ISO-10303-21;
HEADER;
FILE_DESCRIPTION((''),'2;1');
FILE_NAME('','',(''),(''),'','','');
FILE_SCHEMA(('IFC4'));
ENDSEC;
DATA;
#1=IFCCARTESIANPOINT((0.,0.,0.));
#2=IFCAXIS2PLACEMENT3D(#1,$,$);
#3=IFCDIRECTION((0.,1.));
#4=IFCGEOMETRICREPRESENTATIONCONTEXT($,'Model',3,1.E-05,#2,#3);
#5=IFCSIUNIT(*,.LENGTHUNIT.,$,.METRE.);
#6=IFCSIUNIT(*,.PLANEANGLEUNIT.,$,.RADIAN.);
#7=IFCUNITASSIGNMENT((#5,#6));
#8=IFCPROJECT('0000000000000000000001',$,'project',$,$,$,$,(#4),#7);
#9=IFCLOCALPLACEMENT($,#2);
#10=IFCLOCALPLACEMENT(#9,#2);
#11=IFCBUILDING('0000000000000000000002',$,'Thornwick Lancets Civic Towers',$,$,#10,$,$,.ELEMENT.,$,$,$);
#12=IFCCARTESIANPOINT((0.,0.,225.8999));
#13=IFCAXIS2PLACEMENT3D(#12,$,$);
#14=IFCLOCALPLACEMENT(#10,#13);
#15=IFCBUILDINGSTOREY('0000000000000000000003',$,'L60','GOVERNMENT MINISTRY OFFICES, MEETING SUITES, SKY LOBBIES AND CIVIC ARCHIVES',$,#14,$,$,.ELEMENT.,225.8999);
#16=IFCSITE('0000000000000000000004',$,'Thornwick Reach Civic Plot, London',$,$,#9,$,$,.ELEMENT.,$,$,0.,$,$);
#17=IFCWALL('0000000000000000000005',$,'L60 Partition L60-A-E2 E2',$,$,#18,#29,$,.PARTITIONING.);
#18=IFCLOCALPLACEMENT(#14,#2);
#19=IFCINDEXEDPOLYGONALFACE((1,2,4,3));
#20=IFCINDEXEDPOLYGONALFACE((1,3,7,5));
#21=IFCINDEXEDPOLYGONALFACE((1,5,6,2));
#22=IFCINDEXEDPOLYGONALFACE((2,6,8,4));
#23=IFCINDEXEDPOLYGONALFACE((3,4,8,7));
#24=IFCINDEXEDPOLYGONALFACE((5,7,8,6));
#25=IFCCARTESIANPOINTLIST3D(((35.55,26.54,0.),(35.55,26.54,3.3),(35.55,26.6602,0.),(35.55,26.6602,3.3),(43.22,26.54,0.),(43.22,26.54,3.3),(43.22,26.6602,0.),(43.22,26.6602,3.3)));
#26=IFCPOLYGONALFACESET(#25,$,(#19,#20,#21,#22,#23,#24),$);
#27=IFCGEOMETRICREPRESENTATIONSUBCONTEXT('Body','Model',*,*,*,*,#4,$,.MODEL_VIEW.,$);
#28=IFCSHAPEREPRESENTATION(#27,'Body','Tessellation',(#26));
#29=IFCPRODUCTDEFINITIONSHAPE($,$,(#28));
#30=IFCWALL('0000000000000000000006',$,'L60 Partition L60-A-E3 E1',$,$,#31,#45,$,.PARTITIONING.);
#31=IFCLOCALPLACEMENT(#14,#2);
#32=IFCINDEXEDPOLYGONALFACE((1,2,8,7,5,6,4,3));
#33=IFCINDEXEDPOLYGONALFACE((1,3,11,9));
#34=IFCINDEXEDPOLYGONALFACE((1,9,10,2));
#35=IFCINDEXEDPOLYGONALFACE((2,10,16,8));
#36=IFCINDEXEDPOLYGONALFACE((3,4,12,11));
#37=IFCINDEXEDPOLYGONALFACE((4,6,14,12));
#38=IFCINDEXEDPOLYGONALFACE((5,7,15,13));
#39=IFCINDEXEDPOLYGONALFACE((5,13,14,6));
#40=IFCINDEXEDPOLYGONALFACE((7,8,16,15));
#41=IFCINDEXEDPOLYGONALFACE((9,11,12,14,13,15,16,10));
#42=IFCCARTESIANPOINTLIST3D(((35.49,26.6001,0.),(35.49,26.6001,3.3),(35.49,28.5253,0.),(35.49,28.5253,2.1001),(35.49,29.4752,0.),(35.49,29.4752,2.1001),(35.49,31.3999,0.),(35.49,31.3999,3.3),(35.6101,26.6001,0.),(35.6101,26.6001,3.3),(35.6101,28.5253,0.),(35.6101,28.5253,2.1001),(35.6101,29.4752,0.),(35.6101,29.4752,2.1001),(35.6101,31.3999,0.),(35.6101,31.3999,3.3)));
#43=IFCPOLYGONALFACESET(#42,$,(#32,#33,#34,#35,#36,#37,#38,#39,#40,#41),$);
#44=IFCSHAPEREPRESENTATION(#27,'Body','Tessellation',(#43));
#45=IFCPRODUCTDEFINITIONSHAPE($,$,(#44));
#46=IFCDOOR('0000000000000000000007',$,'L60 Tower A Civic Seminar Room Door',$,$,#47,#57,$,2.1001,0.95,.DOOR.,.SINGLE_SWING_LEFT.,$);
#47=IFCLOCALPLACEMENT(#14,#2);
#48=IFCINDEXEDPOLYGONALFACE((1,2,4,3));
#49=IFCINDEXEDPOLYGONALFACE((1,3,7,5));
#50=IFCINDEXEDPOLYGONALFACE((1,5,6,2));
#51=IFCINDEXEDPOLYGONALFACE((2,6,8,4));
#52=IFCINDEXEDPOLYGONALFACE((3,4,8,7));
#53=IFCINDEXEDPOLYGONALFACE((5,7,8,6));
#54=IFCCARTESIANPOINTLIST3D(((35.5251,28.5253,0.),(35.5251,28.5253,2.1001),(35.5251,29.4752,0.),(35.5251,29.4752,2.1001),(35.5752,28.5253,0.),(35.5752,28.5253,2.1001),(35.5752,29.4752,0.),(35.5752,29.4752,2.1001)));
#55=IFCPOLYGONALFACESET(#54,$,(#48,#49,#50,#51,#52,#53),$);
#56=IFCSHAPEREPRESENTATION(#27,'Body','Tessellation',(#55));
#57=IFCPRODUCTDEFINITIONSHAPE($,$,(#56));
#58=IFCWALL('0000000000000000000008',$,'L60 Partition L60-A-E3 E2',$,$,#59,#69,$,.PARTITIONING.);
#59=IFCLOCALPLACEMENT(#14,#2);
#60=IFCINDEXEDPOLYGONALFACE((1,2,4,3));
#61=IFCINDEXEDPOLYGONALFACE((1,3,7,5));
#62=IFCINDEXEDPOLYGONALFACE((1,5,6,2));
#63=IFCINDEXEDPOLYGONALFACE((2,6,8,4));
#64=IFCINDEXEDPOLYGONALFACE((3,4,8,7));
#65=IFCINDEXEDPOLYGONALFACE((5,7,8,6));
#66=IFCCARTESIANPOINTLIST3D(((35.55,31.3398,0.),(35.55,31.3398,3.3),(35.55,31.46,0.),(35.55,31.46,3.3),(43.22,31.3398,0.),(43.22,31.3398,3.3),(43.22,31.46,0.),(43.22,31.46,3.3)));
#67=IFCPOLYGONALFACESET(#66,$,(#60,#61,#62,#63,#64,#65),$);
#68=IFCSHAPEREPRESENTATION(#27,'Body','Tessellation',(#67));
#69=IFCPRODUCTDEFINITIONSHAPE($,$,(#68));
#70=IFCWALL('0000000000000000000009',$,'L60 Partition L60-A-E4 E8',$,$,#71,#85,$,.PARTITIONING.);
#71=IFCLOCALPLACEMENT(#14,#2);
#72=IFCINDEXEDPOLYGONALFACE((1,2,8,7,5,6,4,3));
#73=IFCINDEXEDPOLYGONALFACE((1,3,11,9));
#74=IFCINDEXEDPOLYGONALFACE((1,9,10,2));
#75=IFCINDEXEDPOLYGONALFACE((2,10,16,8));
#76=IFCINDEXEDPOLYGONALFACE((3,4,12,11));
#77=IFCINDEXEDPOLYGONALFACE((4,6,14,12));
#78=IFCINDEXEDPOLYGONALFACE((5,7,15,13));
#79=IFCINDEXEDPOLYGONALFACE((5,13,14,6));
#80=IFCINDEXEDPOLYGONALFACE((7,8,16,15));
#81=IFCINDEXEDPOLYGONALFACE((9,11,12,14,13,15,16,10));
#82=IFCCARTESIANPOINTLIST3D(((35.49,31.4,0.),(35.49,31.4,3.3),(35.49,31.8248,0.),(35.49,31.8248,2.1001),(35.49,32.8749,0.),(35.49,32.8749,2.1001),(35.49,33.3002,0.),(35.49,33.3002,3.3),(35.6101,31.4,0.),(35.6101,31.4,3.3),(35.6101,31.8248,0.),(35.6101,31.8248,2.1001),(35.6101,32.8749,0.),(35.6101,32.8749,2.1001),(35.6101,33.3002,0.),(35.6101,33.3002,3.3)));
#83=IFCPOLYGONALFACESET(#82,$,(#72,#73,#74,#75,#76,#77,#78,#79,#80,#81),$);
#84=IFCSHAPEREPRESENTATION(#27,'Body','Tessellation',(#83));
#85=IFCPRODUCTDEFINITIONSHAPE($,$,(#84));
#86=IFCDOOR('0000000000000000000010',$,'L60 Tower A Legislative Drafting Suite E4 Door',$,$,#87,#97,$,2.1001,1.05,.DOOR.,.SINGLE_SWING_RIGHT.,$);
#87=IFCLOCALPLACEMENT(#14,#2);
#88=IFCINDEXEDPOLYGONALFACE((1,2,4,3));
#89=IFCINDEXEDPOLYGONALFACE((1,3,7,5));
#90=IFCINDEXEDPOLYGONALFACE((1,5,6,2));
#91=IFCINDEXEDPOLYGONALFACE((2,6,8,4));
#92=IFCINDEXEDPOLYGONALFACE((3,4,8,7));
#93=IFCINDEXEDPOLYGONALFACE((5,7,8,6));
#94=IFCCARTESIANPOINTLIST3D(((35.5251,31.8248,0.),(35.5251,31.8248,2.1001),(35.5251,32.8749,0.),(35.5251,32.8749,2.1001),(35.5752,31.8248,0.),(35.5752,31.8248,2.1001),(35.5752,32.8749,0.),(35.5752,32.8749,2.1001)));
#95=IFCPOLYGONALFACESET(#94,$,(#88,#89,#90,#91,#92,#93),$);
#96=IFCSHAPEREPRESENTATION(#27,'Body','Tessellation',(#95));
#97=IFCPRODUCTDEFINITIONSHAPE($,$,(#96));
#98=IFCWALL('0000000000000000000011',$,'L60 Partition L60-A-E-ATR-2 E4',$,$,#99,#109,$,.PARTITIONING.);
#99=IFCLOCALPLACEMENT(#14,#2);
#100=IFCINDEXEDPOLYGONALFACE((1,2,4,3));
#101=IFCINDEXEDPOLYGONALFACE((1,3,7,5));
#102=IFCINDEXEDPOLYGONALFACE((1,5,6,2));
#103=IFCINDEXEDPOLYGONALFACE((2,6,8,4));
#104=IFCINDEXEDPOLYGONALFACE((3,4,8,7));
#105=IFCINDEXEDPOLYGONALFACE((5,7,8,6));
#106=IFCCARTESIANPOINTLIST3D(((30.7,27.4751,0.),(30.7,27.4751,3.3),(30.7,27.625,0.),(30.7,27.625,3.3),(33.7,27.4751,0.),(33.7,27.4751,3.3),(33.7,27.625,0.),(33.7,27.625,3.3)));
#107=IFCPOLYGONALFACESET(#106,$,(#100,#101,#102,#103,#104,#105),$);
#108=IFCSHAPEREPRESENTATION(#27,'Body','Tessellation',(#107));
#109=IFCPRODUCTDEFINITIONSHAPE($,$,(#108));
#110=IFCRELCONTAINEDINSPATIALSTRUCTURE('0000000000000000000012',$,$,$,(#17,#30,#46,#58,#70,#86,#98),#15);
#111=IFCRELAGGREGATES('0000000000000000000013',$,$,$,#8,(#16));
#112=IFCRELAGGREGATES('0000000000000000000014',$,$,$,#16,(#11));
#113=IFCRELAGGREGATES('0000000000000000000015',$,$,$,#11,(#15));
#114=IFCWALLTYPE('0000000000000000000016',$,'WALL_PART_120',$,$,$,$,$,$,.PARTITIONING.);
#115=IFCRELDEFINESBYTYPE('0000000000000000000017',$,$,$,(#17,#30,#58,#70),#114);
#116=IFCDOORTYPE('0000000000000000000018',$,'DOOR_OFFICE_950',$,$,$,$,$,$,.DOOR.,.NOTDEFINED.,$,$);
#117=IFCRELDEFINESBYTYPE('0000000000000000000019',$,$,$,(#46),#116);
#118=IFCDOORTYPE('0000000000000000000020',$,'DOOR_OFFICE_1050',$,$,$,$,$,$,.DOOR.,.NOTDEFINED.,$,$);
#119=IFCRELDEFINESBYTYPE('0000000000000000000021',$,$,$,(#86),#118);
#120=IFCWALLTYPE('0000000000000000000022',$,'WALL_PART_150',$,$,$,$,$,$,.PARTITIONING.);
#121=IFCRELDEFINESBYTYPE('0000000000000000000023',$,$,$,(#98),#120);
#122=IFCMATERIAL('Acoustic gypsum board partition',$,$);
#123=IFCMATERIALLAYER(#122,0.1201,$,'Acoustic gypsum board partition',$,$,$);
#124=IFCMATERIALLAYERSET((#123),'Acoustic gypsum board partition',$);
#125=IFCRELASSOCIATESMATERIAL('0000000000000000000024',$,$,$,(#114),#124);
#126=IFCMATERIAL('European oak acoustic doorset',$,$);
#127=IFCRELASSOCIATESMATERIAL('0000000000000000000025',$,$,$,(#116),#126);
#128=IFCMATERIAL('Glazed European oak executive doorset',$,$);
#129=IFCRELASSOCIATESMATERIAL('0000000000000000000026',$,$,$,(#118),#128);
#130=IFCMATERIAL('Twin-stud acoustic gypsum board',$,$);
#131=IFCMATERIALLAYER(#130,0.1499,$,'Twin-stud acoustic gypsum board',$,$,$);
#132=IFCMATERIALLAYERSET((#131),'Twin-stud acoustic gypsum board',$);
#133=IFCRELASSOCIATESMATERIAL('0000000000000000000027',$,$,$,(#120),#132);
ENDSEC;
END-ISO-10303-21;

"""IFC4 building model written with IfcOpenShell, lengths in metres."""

from ifc_helpers import new_model, si_unit, direction, frame, frame_2d, origin, place, context, subcontext, project, spatial, rectangle, extrude, material, layer, layer_set, type_object, element, fill, save


model = new_model("IFC4")

# Units and contexts
model_context = context("Model", 3, precision=1e-05, world=origin(), true_north=direction((0.0, 1.0)))
body_context = subcontext(model_context, "Body", "Model", "MODEL_VIEW")
ifc_project = project(units=[si_unit("LENGTHUNIT", "METRE"), si_unit("PLANEANGLEUNIT", "RADIAN")], contexts=[model_context])

# Site, building, storey
site_placement = place(None, origin())
site = spatial("IfcSite", under=ifc_project, at=site_placement, Name="Thornwick Reach Civic Plot, London", CompositionType="ELEMENT", RefElevation=0.0)
building_placement = place(site_placement, origin())
building = spatial("IfcBuilding", under=site, at=building_placement, Name="Thornwick Lancets Civic Towers", CompositionType="ELEMENT")
storey_placement = place(building_placement, frame((0.0, 0.0, 225.8999)))
storey = spatial("IfcBuildingStorey", under=building, at=storey_placement, Name="L60", Description="GOVERNMENT MINISTRY OFFICES, MEETING SUITES, SKY LOBBIES AND CIVIC ARCHIVES", CompositionType="ELEMENT", Elevation=225.8999)

# Wall
ifc_material_1 = material(Name="Acoustic gypsum board partition")
ifc_layer_1 = layer(ifc_material_1, 0.1201, Name="Acoustic gypsum board partition")
ifc_layer_set_1 = layer_set([ifc_layer_1], Name="Acoustic gypsum board partition")
wall_type_1 = type_object("IfcWallType", Name="WALL_PART_120", PredefinedType="PARTITIONING", material=ifc_layer_set_1)
wall_1_placement = place(storey_placement, frame((35.55, 26.6001, 0.0), z_axis=(0.0, 0.0, 1.0), x_axis=(1.0, 0.0, 0.0)))
element("IfcWall", 1, at=wall_1_placement, inside=storey, type_object=wall_type_1, Name="L60 Partition L60-A-E2 E2", PredefinedType="PARTITIONING", context=body_context, shape_type="SweptSolid", body=[
    extrude(rectangle(XDim=7.6699, YDim=0.1201, at=frame_2d((3.835, 0.0))), origin(), (0.0, 0.0, 1.0), 3.3),
])

# Wall, opening, door
wall_2_placement = place(storey_placement, frame((35.55, 26.6001, 0.0), z_axis=(0.0, 0.0, 1.0), x_axis=(0.0, 1.0, 0.0)))
wall_2 = element("IfcWall", 2, at=wall_2_placement, inside=storey, type_object=wall_type_1, Name="L60 Partition L60-A-E3 E1", PredefinedType="PARTITIONING", context=body_context, shape_type="SweptSolid", body=[
    extrude(rectangle(XDim=4.7998, YDim=0.1201, at=frame_2d((2.3999, 0.0))), origin(), (0.0, 0.0, 1.0), 3.3),
])
opening_1_placement = place(wall_2_placement, frame((1.925, 0.0, 0.0)))
opening_1 = element("IfcOpeningElement", 3, at=opening_1_placement, cuts=wall_2, PredefinedType="OPENING", context=body_context, shape_type="SweptSolid", body=[
    extrude(rectangle(XDim=0.95, YDim=2.1001, at=frame_2d((0.4751, 1.05))), frame((0.0, 0.0701, 0.0), z_axis=(0.0, -1.0, 0.0), x_axis=(1.0, 0.0, 0.0)), (0.0, 0.0, 1.0), 0.1401),
])
ifc_material_2 = material(Name="European oak acoustic doorset")
door_type_1 = type_object("IfcDoorType", Name="DOOR_OFFICE_950", OperationType="NOTDEFINED", PredefinedType="DOOR", material=ifc_material_2)
door_1_placement = place(opening_1_placement, origin())
door_1 = element("IfcDoor", 4, at=door_1_placement, inside=storey, type_object=door_type_1, Name="L60 Tower A Civic Seminar Room Door", OperationType="SINGLE_SWING_LEFT", OverallHeight=2.1001, OverallWidth=0.95, PredefinedType="DOOR", context=body_context, shape_type="SweptSolid", body=[
    extrude(rectangle(XDim=0.95, YDim=2.1001, at=frame_2d((0.4751, 1.05))), frame((0.0, 0.0249, 0.0), z_axis=(0.0, -1.0, 0.0), x_axis=(1.0, 0.0, 0.0)), (0.0, 0.0, 1.0), 0.05),
])
fill(opening_1, door_1)

# Wall
wall_3_placement = place(storey_placement, frame((35.55, 31.3999, 0.0), z_axis=(0.0, 0.0, 1.0), x_axis=(1.0, 0.0, 0.0)))
element("IfcWall", 5, at=wall_3_placement, inside=storey, type_object=wall_type_1, Name="L60 Partition L60-A-E3 E2", PredefinedType="PARTITIONING", context=body_context, shape_type="SweptSolid", body=[
    extrude(rectangle(XDim=7.6699, YDim=0.1201, at=frame_2d((3.835, 0.0))), origin(), (0.0, 0.0, 1.0), 3.3),
])

# Wall, opening, door
wall_4_placement = place(storey_placement, frame((35.55, 31.3999, 0.0), z_axis=(0.0, 0.0, 1.0), x_axis=(0.0, 1.0, 0.0)))
wall_4 = element("IfcWall", 6, at=wall_4_placement, inside=storey, type_object=wall_type_1, Name="L60 Partition L60-A-E4 E8", PredefinedType="PARTITIONING", context=body_context, shape_type="SweptSolid", body=[
    extrude(rectangle(XDim=1.9001, YDim=0.1201, at=frame_2d((0.9502, 0.0))), origin(), (0.0, 0.0, 1.0), 3.3),
])
opening_2_placement = place(wall_4_placement, frame((0.425, 0.0, 0.0)))
opening_2 = element("IfcOpeningElement", 7, at=opening_2_placement, cuts=wall_4, PredefinedType="OPENING", context=body_context, shape_type="SweptSolid", body=[
    extrude(rectangle(XDim=1.05, YDim=2.1001, at=frame_2d((0.5249, 1.05))), frame((0.0, 0.0701, 0.0), z_axis=(0.0, -1.0, 0.0), x_axis=(1.0, 0.0, 0.0)), (0.0, 0.0, 1.0), 0.1401),
])
ifc_material_3 = material(Name="Glazed European oak executive doorset")
door_type_2 = type_object("IfcDoorType", Name="DOOR_OFFICE_1050", OperationType="NOTDEFINED", PredefinedType="DOOR", material=ifc_material_3)
door_2_placement = place(opening_2_placement, origin())
door_2 = element("IfcDoor", 8, at=door_2_placement, inside=storey, type_object=door_type_2, Name="L60 Tower A Legislative Drafting Suite E4 Door", OperationType="SINGLE_SWING_RIGHT", OverallHeight=2.1001, OverallWidth=1.05, PredefinedType="DOOR", context=body_context, shape_type="SweptSolid", body=[
    extrude(rectangle(XDim=1.05, YDim=2.1001, at=frame_2d((0.5249, 1.05))), frame((0.0, 0.0249, 0.0), z_axis=(0.0, -1.0, 0.0), x_axis=(1.0, 0.0, 0.0)), (0.0, 0.0, 1.0), 0.05),
])
fill(opening_2, door_2)
ifc_material_4 = material(Name="Twin-stud acoustic gypsum board")
ifc_layer_2 = layer(ifc_material_4, 0.1499, Name="Twin-stud acoustic gypsum board")
ifc_layer_set_2 = layer_set([ifc_layer_2], Name="Twin-stud acoustic gypsum board")
wall_type_2 = type_object("IfcWallType", Name="WALL_PART_150", PredefinedType="PARTITIONING", material=ifc_layer_set_2)

# Wall
wall_5_placement = place(storey_placement, frame((33.7, 27.55, 0.0), z_axis=(0.0, 0.0, 1.0), x_axis=(-1.0, 0.0, 0.0)))
element("IfcWall", 9, at=wall_5_placement, inside=storey, type_object=wall_type_2, Name="L60 Partition L60-A-E-ATR-2 E4", PredefinedType="PARTITIONING", context=body_context, shape_type="SweptSolid", body=[
    extrude(rectangle(XDim=3.0, YDim=0.1499, at=frame_2d((1.5, 0.0))), origin(), (0.0, 0.0, 1.0), 3.3),
])

save(model, "model.ifc")
